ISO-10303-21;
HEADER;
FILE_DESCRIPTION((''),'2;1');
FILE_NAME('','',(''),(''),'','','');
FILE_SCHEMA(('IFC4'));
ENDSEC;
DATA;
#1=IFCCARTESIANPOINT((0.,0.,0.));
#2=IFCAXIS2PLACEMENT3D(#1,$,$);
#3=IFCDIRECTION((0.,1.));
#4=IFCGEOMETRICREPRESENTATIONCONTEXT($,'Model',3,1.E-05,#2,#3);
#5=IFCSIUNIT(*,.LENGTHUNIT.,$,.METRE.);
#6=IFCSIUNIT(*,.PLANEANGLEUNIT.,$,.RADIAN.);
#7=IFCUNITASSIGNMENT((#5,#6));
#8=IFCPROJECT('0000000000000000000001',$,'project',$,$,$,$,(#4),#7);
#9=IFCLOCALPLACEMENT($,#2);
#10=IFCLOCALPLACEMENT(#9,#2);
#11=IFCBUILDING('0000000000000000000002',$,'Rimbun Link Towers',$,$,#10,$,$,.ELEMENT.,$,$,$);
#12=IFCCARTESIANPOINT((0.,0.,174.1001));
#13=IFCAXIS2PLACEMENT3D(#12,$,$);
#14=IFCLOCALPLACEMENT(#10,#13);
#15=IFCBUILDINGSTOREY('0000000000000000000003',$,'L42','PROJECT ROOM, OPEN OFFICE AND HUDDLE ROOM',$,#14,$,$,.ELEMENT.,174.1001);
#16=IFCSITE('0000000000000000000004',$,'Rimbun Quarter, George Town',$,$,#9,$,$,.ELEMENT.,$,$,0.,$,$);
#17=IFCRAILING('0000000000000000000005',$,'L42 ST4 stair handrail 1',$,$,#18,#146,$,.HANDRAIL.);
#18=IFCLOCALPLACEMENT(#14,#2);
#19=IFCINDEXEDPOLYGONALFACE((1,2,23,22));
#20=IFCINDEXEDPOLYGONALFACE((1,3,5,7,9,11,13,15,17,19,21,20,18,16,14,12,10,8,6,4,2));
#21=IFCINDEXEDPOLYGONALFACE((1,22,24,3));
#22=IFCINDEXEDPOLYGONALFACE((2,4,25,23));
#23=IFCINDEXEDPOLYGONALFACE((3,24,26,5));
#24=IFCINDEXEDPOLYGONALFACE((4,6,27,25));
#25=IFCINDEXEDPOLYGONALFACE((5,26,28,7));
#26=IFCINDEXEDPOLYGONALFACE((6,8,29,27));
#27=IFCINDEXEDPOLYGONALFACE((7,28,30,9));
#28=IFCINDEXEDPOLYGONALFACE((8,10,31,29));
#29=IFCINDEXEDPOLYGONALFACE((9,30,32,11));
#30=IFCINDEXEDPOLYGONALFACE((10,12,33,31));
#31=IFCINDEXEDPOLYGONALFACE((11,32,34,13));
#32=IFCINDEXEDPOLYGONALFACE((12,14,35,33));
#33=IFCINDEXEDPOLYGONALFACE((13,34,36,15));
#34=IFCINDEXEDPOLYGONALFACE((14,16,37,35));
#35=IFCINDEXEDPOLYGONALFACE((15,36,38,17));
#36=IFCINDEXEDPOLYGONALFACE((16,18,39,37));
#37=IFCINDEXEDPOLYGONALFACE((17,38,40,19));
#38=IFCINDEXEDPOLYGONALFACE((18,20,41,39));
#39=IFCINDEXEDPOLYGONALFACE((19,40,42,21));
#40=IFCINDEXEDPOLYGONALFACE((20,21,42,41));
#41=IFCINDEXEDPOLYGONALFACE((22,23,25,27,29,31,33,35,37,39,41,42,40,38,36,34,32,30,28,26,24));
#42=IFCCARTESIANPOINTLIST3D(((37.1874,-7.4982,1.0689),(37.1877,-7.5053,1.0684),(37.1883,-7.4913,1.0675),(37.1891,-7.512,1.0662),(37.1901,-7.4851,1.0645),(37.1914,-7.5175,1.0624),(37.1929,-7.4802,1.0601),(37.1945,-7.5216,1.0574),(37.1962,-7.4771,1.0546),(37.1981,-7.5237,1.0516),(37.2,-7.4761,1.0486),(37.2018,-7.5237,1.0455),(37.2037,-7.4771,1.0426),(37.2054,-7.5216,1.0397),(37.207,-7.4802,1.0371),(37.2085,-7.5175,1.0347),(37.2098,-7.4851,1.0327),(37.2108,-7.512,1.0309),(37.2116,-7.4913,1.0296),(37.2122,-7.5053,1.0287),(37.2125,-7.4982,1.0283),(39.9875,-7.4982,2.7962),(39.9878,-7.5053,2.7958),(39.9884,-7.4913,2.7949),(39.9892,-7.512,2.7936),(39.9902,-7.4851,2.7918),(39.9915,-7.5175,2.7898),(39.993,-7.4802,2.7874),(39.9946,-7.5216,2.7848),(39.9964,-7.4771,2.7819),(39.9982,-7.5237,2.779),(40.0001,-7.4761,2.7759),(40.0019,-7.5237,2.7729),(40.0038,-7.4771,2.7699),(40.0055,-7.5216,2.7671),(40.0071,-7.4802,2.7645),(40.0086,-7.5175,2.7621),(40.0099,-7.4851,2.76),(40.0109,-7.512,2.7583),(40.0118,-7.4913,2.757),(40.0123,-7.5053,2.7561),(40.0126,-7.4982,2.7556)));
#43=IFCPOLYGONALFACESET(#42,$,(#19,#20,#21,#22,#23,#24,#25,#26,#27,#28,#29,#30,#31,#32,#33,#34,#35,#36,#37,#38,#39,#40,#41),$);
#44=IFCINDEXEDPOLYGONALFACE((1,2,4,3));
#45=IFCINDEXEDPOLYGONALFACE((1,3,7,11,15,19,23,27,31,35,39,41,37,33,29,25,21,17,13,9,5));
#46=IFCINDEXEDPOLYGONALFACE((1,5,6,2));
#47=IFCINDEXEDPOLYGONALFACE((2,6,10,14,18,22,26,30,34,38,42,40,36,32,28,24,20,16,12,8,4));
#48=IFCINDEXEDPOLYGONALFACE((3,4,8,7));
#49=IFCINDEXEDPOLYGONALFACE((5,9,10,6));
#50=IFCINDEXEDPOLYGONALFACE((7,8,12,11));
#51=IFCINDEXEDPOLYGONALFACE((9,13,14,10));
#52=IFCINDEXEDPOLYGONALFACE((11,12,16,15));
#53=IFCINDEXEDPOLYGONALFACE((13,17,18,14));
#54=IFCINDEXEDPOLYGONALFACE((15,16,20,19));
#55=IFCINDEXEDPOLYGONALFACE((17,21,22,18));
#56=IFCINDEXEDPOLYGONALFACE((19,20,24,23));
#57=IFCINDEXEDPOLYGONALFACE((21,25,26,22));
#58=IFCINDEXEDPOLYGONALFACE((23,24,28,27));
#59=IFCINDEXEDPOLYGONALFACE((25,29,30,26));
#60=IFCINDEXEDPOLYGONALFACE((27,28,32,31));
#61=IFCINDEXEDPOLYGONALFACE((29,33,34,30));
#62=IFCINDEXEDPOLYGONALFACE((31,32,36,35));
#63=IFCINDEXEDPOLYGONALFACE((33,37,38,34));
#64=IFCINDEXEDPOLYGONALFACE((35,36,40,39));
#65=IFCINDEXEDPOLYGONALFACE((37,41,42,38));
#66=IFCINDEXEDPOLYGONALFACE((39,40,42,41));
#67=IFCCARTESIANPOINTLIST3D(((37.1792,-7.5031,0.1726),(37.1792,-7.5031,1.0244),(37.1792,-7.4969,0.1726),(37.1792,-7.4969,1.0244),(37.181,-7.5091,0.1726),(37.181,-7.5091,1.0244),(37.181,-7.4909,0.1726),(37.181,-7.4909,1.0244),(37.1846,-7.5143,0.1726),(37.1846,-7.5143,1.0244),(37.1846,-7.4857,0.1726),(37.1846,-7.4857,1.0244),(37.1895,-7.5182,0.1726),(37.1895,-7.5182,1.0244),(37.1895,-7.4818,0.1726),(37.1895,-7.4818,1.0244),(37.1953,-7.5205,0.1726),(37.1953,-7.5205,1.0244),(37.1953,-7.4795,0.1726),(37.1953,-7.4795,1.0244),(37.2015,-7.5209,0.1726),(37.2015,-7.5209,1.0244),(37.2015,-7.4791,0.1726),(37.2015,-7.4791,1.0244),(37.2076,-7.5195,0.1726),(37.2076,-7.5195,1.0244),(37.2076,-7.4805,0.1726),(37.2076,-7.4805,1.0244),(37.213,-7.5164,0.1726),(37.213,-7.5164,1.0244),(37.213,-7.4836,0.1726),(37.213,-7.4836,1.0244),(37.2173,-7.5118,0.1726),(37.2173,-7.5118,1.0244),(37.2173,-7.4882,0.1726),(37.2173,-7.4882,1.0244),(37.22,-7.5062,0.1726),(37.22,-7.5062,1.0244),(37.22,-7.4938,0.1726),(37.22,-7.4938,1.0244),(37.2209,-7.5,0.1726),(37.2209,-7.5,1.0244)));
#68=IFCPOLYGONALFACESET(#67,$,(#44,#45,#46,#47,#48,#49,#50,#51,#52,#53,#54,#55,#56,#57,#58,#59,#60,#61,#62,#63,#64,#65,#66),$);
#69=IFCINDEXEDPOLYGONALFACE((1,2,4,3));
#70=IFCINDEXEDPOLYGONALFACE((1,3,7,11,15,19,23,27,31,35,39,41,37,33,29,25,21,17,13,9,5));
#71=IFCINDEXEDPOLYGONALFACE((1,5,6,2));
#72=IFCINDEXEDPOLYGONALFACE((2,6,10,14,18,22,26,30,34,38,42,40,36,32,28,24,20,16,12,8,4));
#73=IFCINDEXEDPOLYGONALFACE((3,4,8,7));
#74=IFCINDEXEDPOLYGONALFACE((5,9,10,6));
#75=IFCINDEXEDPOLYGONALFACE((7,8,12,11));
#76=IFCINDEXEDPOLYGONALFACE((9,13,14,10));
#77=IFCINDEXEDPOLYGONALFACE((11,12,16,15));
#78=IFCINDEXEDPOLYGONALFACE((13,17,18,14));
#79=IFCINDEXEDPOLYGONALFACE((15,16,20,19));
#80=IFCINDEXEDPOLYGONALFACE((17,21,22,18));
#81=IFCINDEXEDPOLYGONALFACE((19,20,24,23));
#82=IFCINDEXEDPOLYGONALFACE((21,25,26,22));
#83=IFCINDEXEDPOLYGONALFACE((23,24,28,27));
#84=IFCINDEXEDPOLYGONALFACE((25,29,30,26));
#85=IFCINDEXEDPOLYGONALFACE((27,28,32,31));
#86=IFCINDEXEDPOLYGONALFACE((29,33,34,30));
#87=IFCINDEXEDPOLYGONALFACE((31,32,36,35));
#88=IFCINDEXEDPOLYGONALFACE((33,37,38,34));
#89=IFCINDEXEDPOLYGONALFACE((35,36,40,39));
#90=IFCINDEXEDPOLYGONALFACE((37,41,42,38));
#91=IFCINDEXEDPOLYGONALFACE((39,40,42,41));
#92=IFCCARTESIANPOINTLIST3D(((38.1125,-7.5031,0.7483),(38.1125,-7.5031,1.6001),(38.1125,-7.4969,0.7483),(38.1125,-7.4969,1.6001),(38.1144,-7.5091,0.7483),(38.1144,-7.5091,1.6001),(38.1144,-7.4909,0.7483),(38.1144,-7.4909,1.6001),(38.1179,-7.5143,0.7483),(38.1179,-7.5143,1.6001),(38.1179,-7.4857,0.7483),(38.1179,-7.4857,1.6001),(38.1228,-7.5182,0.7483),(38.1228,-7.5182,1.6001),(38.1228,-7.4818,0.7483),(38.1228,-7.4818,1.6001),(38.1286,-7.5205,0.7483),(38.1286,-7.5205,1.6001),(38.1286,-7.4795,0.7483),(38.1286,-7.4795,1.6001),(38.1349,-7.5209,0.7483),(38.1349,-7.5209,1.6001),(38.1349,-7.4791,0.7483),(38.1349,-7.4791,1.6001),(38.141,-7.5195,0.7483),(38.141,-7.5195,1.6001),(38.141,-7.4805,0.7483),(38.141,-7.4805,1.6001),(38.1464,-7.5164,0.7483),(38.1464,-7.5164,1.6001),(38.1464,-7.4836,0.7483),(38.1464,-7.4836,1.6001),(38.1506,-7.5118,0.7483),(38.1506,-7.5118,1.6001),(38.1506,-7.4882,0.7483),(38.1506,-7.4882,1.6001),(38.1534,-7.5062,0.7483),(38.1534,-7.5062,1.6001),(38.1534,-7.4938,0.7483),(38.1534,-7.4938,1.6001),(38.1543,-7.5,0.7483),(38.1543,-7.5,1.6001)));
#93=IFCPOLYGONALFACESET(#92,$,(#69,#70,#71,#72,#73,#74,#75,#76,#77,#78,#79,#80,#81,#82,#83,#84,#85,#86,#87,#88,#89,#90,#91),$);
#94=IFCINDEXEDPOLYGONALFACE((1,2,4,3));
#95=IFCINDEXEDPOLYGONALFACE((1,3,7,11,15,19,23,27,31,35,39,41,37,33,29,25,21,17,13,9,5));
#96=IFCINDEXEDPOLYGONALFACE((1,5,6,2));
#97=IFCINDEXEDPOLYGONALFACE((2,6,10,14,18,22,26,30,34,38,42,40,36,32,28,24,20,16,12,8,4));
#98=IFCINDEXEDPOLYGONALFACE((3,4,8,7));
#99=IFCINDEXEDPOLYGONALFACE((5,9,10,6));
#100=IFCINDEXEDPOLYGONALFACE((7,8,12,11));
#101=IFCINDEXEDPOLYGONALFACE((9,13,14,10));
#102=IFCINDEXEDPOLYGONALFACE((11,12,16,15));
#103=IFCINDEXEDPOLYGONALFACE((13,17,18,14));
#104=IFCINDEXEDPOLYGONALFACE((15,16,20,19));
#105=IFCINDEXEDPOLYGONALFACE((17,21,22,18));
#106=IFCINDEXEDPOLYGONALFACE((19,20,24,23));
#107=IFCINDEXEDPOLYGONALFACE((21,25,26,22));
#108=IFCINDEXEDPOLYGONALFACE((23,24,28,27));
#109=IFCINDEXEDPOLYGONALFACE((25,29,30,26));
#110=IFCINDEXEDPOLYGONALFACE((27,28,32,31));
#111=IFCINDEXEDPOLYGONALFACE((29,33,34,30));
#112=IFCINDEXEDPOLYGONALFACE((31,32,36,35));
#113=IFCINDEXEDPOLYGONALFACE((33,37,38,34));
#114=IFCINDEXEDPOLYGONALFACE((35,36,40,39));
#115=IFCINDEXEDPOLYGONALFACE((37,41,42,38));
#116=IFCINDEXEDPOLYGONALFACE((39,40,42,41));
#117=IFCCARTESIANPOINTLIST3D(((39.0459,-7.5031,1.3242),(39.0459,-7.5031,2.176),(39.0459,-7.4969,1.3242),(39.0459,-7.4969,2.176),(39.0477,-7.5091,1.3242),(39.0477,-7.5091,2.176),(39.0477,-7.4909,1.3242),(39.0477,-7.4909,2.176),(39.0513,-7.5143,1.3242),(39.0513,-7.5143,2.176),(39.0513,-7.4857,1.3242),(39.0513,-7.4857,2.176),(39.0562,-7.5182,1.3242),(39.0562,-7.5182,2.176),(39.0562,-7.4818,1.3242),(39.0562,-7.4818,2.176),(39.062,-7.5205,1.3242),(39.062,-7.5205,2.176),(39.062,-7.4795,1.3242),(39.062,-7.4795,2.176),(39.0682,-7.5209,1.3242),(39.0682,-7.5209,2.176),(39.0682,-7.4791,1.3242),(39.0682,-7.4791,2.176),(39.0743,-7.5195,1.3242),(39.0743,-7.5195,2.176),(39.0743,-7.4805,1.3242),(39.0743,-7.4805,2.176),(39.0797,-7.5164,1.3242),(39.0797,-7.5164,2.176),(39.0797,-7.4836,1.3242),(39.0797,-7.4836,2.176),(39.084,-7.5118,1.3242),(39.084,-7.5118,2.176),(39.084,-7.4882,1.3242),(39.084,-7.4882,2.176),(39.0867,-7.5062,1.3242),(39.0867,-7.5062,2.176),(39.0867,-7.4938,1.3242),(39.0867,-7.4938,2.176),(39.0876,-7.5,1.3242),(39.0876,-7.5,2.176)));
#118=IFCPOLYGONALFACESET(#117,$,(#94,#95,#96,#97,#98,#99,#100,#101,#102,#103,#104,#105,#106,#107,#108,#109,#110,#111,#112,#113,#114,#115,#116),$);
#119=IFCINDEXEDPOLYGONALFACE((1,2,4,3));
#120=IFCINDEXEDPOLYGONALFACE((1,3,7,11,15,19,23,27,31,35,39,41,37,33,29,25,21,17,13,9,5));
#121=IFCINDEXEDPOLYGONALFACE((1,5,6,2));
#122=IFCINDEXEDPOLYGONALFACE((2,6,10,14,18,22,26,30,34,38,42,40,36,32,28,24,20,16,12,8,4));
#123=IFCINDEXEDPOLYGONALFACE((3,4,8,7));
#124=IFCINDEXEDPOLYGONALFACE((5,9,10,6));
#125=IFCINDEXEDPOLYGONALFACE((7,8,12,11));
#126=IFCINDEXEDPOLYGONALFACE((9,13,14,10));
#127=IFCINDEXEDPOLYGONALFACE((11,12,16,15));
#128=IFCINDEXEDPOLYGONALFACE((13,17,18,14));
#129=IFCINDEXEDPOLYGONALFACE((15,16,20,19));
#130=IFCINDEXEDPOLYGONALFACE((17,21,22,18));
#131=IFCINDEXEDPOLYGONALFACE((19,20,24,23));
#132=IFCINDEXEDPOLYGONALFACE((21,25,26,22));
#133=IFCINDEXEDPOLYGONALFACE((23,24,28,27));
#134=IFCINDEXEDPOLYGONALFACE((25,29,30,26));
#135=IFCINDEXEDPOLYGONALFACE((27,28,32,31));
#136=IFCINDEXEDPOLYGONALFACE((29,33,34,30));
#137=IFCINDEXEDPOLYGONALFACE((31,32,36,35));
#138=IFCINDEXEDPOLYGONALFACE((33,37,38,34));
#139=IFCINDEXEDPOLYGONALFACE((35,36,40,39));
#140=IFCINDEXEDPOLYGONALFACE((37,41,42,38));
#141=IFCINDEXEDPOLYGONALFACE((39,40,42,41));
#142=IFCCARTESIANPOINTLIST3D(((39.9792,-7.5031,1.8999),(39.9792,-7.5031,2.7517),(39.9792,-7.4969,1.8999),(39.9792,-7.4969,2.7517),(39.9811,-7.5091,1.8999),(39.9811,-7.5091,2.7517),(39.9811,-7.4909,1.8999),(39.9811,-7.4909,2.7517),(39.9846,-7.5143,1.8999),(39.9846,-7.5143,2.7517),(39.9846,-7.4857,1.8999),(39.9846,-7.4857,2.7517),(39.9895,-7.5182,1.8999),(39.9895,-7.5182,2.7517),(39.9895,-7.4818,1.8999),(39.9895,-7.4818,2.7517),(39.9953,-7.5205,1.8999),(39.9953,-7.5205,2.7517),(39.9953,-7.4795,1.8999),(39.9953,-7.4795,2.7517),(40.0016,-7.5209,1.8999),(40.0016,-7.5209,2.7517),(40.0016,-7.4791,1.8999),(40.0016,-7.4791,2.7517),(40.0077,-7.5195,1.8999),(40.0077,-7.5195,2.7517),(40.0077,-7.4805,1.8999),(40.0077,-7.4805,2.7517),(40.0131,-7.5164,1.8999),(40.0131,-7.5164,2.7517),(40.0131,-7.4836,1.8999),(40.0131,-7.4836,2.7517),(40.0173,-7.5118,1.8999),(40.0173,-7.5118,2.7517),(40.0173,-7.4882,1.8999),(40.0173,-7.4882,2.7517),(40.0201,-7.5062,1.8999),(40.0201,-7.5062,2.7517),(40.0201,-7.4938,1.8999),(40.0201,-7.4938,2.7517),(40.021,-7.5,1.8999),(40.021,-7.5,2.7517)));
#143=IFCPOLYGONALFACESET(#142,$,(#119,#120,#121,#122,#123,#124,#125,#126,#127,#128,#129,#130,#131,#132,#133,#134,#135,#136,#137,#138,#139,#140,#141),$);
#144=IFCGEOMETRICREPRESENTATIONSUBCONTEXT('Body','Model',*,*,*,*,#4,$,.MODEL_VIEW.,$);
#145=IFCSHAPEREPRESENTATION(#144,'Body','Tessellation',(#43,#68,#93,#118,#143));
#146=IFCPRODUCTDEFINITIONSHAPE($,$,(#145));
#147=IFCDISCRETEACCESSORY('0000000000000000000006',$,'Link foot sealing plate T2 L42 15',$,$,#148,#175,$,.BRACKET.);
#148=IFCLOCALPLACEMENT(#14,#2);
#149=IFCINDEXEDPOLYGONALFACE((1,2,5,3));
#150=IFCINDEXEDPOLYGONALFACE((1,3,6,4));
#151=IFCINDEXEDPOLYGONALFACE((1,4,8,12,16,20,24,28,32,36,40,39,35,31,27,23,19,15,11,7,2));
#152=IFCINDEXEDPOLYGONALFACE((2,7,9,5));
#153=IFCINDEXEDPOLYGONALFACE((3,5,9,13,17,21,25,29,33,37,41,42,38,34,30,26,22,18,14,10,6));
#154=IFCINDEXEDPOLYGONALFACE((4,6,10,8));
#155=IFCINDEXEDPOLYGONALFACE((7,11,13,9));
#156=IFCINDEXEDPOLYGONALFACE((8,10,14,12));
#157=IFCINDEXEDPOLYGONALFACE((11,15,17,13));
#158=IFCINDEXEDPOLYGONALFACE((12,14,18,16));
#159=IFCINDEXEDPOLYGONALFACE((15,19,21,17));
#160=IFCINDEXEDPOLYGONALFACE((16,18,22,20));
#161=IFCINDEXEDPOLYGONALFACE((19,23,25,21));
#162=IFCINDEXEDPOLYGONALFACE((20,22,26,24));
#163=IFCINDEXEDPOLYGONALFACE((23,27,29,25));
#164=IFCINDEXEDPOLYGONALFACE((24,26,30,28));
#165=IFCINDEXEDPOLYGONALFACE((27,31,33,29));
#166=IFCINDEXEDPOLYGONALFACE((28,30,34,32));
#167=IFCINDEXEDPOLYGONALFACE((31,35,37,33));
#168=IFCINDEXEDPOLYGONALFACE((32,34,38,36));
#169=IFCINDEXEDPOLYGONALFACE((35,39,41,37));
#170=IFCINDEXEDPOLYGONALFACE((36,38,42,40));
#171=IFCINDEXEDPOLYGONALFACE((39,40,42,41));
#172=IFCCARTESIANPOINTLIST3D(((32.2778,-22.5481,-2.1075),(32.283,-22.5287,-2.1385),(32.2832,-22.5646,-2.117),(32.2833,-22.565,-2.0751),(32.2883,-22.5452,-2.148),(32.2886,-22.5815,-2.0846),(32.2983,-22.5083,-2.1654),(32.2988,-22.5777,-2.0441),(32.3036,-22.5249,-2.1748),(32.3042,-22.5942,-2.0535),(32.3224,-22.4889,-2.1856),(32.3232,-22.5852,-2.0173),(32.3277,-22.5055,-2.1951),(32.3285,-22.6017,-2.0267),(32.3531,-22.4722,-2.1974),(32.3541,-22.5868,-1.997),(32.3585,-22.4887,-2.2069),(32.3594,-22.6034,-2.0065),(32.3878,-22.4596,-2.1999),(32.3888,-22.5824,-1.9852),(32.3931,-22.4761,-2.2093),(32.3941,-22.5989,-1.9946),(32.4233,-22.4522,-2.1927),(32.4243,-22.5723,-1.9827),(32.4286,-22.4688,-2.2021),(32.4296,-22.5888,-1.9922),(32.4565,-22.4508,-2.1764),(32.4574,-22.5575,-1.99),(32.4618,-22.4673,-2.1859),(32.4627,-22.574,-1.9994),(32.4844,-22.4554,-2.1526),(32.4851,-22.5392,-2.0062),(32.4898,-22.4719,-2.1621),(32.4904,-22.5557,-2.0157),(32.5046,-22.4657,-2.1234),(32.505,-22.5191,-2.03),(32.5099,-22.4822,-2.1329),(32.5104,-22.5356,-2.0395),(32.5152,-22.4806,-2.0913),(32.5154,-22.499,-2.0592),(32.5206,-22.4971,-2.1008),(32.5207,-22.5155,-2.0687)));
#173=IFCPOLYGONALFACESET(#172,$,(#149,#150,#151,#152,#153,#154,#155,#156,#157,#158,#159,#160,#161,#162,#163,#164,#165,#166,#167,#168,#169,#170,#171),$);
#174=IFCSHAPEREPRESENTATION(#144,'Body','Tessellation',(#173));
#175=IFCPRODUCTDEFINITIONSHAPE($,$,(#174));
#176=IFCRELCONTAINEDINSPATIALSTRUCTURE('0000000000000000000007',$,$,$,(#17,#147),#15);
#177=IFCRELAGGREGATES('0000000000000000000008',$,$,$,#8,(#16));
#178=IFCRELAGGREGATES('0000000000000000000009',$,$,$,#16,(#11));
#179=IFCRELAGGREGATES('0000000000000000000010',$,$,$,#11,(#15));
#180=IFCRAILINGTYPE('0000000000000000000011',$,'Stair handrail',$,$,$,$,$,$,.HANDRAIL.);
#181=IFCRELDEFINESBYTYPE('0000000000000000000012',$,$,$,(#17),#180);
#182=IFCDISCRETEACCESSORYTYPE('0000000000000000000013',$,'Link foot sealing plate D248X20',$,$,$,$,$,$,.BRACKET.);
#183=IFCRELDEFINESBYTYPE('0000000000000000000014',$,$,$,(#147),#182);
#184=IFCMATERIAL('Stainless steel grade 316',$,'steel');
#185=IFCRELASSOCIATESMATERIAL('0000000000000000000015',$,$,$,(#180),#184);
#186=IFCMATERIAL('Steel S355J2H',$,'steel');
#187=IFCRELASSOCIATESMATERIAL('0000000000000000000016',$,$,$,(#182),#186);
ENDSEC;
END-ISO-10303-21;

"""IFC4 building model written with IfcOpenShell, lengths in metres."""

from ifc_helpers import new_model, si_unit, direction, frame, origin, origin_2d, place, context, subcontext, project, spatial, circle, extrude, material, material_profile, profile_set, type_object, element, save


model = new_model("IFC4")

# Units and contexts
model_context = context("Model", 3, precision=1e-05, world=origin(), true_north=direction((0.0, 1.0)))
body_context = subcontext(model_context, "Body", "Model", "MODEL_VIEW")
ifc_project = project(units=[si_unit("LENGTHUNIT", "METRE"), si_unit("PLANEANGLEUNIT", "RADIAN")], contexts=[model_context])

# Site, building, storey
site_placement = place(None, origin())
site = spatial("IfcSite", under=ifc_project, at=site_placement, Name="Rimbun Quarter, George Town", CompositionType="ELEMENT", RefElevation=0.0)
building_placement = place(site_placement, origin())
building = spatial("IfcBuilding", under=site, at=building_placement, Name="Rimbun Link Towers", CompositionType="ELEMENT")
storey_placement = place(building_placement, frame((0.0, 0.0, 174.1001)))
storey = spatial("IfcBuildingStorey", under=building, at=storey_placement, Name="L42", Description="PROJECT ROOM, OPEN OFFICE AND HUDDLE ROOM", CompositionType="ELEMENT", Elevation=174.1001)

# Railing
ifc_material_1 = material(Name="Stainless steel grade 316", Category="steel")
railing_type_1 = type_object("IfcRailingType", Name="Stair handrail", PredefinedType="HANDRAIL", material=ifc_material_1)
railing_1_placement = place(storey_placement, frame((37.2, -7.5, 0.1726)))
element("IfcRailing", 1, at=railing_1_placement, inside=storey, type_object=railing_type_1, Name="L42 ST4 stair handrail 1", PredefinedType="HANDRAIL", context=body_context, shape_type="SweptSolid", body=[
    extrude(circle(Radius=0.0239, at=origin_2d()), frame((0.0, 0.0, 0.876), z_axis=(0.85109, 0.0, 0.52502), x_axis=(0.0, 1.0, 0.0)), (0.0, 0.0, 1.0), 3.29),
    extrude(circle(Radius=0.021, at=origin_2d()), origin(), (0.0, 0.0, 1.0), 0.8518),
    extrude(circle(Radius=0.021, at=origin_2d()), frame((0.9333, 0.0, 0.5757)), (0.0, 0.0, 1.0), 0.8518),
    extrude(circle(Radius=0.021, at=origin_2d()), frame((1.8667, 0.0, 1.1516)), (0.0, 0.0, 1.0), 0.8518),
    extrude(circle(Radius=0.021, at=origin_2d()), frame((2.8, 0.0, 1.7273)), (0.0, 0.0, 1.0), 0.8518),
])

# Discrete accessory
ifc_material_2 = material(Name="Steel S355J2H", Category="steel")
ifc_material_profile_1 = material_profile(ifc_material_2, circle(Radius=0.124, at=origin_2d()), Name="PL D248")
ifc_profile_set_1 = profile_set([ifc_material_profile_1], Name="Steel S355J2H")
discrete_accessory_type = type_object("IfcDiscreteAccessoryType", Name="Link foot sealing plate D248X20", PredefinedType="BRACKET", material=ifc_profile_set_1)
discrete_accessory_placement = place(storey_placement, frame((32.3972, -22.5188, -2.0913), z_axis=(0.270208, -0.835189, -0.479006), x_axis=(0.951445, 0.30782, 0.0)))
element("IfcDiscreteAccessory", 2, at=discrete_accessory_placement, inside=storey, type_object=discrete_accessory_type, Name="Link foot sealing plate T2 L42 15", PredefinedType="BRACKET", context=body_context, shape_type="SweptSolid", body=[
    extrude(circle(Radius=0.124, at=origin_2d()), origin(), (0.0, 0.0, 1.0), 0.0198),
])

save(model, "model.ifc")
